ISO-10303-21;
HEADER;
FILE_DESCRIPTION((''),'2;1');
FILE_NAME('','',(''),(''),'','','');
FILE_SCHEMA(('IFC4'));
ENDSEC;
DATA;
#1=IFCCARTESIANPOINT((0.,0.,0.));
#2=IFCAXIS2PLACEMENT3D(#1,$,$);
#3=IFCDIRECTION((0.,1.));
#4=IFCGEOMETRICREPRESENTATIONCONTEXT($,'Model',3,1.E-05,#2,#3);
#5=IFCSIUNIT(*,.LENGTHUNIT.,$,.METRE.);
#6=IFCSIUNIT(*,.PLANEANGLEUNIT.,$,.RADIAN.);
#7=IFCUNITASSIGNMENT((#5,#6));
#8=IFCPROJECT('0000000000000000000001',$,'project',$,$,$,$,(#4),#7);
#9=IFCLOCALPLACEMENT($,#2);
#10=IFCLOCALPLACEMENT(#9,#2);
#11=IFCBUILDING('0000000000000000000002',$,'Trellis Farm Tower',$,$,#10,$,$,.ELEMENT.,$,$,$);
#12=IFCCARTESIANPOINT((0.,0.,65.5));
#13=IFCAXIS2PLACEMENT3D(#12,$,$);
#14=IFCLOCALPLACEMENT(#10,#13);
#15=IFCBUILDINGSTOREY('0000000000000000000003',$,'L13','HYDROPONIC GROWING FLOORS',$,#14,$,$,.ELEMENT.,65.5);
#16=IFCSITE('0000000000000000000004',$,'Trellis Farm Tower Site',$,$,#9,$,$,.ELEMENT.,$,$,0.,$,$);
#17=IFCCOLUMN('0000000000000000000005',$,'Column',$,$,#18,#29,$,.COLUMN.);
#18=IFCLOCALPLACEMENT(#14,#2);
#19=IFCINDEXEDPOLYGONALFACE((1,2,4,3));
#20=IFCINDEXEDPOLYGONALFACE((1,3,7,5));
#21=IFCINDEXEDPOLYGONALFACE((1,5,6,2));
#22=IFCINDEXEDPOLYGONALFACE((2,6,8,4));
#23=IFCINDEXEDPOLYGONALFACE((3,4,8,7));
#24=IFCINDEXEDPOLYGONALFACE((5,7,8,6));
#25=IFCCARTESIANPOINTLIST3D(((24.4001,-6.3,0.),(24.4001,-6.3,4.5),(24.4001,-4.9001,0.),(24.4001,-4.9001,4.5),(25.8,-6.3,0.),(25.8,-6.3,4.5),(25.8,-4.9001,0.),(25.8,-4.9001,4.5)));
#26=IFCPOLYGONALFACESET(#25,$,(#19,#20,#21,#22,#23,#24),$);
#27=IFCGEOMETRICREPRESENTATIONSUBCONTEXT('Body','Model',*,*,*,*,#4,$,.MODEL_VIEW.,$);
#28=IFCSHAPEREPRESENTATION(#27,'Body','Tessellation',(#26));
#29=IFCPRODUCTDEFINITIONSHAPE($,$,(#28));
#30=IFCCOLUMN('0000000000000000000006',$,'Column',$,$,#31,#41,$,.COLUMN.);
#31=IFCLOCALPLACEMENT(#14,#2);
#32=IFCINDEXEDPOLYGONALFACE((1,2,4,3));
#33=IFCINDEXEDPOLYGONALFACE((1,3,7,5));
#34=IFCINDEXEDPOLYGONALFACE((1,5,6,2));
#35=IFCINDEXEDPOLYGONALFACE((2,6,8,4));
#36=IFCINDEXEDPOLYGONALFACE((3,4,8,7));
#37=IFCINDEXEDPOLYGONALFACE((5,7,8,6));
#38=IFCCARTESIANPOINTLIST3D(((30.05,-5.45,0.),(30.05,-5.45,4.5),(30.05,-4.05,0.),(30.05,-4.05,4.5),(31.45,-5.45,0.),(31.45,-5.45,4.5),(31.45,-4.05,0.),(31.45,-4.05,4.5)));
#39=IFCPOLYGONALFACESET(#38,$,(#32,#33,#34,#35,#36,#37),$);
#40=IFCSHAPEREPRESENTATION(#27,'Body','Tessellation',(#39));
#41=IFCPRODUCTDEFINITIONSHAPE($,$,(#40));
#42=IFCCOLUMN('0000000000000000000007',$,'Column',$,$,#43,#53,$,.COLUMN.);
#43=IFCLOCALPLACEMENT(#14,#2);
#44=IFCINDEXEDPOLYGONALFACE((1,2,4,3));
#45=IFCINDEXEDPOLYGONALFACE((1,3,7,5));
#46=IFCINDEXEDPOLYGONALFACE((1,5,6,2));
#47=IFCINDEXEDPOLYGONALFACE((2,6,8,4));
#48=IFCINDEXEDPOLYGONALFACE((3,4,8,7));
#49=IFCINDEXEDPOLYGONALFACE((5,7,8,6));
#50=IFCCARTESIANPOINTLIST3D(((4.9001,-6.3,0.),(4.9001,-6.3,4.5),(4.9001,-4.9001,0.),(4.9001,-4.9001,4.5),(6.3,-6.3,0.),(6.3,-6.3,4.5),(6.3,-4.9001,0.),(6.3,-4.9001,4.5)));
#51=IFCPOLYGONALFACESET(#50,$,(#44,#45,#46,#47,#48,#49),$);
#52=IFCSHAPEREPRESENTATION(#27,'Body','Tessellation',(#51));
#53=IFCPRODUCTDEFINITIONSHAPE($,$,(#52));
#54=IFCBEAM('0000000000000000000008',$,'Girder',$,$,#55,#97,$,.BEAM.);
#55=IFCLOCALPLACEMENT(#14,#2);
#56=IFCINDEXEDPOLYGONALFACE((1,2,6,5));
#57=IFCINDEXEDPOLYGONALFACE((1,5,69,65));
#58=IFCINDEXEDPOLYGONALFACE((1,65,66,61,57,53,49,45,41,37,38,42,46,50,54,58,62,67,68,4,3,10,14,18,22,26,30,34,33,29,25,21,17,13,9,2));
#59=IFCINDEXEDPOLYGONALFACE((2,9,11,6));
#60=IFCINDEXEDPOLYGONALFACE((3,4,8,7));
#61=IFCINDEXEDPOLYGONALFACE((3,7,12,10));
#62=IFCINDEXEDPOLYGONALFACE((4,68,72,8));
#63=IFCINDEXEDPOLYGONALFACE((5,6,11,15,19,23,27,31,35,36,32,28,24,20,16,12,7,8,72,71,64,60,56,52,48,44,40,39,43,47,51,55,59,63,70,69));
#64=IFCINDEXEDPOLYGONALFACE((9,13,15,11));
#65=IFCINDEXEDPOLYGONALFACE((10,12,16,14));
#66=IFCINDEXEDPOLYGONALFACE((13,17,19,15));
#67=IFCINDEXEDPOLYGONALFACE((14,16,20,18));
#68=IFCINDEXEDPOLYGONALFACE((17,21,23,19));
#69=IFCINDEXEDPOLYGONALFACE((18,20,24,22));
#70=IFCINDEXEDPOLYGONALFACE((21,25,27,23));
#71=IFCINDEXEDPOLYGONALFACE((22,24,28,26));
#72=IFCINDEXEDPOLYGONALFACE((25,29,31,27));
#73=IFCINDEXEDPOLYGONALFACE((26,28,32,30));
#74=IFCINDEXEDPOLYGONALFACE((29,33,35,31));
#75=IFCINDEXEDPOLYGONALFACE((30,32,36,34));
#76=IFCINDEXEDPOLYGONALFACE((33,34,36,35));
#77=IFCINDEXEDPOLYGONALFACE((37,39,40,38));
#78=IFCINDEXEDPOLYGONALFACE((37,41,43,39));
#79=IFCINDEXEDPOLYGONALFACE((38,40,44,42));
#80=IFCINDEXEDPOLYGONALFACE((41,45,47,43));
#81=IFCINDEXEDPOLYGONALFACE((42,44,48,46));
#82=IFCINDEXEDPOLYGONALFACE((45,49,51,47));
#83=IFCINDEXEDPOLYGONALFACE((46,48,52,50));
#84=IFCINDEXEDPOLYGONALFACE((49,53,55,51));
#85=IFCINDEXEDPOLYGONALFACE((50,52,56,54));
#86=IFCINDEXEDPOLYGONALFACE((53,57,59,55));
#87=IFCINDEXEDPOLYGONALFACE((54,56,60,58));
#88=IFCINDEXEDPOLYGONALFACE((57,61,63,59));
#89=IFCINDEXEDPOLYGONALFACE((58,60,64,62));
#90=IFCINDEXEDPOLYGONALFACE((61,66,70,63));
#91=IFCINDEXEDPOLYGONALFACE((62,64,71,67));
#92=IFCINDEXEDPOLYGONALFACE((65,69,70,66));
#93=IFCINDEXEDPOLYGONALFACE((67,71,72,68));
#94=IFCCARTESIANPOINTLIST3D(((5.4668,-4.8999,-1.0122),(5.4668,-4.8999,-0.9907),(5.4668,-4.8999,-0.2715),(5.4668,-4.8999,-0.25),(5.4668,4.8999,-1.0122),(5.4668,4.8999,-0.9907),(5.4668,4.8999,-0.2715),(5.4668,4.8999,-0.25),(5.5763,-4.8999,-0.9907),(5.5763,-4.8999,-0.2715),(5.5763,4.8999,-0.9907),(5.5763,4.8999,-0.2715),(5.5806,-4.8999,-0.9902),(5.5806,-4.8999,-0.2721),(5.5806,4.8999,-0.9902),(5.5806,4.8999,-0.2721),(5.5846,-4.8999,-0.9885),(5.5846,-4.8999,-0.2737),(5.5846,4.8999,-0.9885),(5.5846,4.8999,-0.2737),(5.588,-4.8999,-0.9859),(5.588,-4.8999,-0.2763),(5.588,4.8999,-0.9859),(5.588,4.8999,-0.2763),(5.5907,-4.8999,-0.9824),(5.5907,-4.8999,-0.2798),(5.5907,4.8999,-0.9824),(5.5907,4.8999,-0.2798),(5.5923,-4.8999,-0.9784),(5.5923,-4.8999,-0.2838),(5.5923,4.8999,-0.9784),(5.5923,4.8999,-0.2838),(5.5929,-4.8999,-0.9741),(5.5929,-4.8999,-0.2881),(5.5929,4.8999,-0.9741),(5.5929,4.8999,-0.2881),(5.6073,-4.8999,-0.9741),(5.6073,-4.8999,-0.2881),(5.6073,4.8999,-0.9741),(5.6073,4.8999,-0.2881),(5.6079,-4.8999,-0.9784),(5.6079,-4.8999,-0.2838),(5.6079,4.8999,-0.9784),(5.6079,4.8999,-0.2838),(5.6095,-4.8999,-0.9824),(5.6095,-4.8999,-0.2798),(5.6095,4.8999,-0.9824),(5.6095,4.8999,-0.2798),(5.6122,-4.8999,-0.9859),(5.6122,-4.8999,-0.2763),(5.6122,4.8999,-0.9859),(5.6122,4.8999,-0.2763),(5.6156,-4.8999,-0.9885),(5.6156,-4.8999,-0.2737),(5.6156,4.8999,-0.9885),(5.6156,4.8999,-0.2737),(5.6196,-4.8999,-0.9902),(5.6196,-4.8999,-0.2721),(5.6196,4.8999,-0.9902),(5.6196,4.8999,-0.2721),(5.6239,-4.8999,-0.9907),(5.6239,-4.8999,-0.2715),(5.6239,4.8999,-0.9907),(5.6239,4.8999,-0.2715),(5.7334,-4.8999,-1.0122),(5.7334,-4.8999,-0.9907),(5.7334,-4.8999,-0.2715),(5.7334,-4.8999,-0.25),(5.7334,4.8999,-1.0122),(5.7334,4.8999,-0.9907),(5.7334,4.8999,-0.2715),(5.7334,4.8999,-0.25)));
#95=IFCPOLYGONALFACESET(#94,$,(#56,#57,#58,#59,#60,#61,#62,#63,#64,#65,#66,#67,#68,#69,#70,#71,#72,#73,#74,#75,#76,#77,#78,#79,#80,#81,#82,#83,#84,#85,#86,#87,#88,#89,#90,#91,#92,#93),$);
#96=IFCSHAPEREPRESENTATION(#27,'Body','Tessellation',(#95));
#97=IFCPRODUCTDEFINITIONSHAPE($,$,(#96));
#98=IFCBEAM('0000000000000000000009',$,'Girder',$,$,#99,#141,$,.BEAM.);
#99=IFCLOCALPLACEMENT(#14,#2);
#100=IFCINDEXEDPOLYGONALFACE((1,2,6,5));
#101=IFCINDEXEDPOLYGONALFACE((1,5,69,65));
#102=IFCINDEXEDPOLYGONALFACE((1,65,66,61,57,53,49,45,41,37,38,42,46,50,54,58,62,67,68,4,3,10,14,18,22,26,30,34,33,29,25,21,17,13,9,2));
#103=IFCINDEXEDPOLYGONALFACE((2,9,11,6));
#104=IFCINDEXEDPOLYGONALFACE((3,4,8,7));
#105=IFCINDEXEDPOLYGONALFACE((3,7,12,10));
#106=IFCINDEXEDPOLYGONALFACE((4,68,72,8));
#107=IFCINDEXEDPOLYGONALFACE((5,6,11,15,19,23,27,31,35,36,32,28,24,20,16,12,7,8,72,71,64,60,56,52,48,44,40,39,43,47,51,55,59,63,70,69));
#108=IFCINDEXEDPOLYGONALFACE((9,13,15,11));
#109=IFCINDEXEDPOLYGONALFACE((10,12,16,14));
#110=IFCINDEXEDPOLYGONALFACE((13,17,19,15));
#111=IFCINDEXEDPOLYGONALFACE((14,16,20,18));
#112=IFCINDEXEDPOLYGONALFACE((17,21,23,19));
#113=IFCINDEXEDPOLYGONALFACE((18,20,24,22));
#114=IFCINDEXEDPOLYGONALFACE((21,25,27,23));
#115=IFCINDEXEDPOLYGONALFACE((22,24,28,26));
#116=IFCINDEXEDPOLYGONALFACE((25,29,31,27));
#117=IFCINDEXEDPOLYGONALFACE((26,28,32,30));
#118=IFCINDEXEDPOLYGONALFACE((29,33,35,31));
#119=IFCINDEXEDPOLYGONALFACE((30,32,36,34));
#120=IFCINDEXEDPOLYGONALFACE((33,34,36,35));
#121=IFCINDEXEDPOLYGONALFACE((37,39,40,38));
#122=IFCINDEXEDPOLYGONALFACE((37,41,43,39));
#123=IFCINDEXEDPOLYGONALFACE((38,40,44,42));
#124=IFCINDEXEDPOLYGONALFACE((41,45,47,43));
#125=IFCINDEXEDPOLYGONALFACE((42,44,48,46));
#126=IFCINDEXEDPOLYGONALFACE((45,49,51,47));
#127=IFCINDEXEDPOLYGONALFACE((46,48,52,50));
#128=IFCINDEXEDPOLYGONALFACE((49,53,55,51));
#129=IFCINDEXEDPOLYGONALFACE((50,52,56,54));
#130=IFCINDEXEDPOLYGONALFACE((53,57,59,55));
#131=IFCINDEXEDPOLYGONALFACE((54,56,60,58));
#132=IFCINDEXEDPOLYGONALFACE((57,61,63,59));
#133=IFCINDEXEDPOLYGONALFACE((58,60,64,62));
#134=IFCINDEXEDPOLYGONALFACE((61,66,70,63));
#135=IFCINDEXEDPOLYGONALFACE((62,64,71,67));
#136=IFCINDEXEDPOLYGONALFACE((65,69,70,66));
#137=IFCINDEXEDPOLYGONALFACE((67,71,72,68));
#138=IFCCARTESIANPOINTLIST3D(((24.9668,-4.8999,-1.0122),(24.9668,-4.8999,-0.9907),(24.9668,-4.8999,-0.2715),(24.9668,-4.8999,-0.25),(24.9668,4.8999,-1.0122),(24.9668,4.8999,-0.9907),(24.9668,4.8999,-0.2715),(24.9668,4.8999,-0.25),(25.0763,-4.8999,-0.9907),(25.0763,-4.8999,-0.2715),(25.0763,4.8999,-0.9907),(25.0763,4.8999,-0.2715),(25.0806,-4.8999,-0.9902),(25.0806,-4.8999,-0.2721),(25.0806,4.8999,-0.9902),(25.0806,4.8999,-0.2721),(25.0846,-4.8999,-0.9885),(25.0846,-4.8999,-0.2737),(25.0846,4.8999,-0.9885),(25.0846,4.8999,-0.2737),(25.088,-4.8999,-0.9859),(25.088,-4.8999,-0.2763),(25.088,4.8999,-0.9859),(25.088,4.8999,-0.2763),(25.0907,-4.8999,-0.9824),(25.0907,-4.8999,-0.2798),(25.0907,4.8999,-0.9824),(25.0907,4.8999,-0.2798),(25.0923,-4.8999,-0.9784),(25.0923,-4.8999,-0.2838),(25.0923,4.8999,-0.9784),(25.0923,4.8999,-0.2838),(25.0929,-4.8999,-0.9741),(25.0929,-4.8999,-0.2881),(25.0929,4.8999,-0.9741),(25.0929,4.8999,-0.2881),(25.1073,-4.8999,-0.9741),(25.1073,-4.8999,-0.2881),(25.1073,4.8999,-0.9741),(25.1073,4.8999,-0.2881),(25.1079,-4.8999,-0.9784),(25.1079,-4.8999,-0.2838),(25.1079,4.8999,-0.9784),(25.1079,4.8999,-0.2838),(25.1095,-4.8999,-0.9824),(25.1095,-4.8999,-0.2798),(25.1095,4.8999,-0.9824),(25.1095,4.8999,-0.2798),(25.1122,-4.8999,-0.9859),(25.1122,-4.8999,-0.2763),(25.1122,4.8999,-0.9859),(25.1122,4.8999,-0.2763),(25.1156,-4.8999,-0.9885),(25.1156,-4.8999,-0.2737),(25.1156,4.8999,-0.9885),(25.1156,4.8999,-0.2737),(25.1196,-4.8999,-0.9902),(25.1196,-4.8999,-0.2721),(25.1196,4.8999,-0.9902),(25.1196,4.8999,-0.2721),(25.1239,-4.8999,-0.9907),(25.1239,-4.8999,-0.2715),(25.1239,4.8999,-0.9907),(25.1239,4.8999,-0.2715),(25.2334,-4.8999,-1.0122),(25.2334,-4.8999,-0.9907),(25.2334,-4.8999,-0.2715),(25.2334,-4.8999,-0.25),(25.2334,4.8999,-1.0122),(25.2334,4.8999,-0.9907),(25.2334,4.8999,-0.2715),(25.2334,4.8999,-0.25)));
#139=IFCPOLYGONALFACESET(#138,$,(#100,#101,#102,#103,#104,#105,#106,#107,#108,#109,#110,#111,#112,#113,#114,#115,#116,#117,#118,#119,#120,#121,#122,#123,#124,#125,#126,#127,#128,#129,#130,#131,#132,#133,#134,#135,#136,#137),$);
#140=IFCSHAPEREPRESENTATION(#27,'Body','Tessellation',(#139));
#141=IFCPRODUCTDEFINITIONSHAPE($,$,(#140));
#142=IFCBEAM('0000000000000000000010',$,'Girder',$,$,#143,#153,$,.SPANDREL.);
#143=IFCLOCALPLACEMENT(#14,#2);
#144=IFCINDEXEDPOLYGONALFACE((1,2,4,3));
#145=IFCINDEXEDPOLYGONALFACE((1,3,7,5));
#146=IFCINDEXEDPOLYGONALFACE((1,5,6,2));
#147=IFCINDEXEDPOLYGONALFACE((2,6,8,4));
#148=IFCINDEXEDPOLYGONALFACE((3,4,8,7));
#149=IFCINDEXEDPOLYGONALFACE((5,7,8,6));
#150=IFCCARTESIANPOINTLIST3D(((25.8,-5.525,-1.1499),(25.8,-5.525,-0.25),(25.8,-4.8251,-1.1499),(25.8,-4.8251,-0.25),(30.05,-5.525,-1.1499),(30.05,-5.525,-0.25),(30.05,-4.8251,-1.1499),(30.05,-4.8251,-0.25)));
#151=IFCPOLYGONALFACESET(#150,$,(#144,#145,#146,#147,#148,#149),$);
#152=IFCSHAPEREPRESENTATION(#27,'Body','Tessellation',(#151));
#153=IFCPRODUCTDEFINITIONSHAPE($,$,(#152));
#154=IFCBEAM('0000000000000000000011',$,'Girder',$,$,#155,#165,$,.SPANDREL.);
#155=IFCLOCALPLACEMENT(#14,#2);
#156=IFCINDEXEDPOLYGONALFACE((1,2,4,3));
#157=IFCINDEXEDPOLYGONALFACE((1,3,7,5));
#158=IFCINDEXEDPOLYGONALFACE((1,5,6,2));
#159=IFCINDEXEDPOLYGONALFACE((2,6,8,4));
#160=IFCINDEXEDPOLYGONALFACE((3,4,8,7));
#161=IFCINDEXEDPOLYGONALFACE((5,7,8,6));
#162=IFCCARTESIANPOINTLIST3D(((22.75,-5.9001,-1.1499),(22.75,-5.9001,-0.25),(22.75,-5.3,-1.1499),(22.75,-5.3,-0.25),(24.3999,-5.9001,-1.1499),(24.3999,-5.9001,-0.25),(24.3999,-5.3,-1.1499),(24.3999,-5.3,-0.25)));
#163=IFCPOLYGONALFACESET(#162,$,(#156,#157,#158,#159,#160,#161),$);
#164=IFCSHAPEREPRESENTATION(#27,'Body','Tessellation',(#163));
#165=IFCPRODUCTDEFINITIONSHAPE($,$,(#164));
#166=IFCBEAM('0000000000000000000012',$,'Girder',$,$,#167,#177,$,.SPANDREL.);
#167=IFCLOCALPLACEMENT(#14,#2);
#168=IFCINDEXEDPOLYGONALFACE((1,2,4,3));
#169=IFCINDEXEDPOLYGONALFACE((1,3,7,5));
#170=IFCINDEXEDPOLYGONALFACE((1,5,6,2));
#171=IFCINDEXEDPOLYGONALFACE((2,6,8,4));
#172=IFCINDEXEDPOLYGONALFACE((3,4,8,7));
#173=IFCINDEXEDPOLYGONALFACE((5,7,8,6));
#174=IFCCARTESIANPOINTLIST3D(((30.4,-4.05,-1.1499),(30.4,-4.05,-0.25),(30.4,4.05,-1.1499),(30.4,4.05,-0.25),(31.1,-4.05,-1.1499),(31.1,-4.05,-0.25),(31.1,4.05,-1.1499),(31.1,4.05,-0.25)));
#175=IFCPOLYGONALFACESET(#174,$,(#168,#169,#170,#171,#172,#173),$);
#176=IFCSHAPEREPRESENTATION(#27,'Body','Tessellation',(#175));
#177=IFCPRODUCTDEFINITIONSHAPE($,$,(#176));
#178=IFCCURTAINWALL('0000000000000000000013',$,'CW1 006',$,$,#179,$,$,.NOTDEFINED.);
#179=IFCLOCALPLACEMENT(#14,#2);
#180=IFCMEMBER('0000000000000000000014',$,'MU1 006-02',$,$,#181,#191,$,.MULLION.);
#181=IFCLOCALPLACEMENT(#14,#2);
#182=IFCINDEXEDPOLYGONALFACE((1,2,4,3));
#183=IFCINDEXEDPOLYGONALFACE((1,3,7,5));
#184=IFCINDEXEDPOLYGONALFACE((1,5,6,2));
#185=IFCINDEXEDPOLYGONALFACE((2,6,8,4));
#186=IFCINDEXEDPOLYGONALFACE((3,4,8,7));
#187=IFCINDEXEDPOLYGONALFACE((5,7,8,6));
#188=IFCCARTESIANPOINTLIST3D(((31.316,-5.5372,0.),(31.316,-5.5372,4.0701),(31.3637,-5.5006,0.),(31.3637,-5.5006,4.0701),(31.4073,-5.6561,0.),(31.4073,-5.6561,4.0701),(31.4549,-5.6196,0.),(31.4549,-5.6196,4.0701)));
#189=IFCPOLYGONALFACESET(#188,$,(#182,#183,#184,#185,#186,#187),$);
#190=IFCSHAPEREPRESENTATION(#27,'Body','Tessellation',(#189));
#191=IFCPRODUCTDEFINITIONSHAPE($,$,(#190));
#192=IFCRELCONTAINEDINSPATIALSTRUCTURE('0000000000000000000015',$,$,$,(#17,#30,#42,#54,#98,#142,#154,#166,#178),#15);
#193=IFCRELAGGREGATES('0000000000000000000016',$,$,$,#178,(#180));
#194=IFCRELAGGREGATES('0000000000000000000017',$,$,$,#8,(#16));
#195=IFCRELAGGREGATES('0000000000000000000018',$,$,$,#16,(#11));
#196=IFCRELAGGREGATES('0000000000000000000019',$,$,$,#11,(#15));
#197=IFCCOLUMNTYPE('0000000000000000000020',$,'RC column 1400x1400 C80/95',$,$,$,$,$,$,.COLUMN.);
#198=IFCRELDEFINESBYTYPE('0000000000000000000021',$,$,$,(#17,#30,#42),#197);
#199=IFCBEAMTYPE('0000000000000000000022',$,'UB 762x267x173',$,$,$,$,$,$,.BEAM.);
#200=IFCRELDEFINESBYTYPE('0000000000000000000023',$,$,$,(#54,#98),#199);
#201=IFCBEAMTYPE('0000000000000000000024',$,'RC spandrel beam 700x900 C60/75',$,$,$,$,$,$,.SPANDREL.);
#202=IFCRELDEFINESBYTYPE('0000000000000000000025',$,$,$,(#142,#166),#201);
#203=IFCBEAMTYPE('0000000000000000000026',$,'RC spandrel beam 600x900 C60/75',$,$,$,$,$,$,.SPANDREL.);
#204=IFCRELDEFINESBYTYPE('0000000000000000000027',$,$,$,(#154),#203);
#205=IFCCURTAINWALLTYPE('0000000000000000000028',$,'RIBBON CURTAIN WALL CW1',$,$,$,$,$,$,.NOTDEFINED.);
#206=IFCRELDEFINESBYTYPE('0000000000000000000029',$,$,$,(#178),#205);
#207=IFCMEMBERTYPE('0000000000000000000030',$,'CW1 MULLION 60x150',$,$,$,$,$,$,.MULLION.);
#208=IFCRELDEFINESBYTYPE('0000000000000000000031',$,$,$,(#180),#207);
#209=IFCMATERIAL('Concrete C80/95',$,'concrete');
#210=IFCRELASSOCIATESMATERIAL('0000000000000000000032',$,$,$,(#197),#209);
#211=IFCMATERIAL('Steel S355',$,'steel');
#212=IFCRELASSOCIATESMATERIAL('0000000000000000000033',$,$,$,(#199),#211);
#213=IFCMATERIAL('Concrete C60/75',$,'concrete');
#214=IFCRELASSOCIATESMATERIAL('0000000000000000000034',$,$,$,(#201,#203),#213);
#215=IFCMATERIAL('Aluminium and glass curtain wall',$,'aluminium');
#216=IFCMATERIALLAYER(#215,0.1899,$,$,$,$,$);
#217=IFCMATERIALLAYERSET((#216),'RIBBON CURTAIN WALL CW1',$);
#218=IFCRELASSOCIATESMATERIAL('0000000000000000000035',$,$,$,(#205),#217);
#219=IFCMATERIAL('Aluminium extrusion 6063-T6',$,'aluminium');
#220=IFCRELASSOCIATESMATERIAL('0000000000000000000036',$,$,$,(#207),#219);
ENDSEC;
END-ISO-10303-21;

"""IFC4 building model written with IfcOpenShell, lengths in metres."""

from ifc_helpers import new_model, si_unit, direction, frame, origin, origin_2d, place, context, subcontext, project, spatial, rectangle, i_section, extrude, source, transform, mapped, material, layer, layer_set, material_profile, profile_set, type_object, element, aggregate, save


model = new_model("IFC4")

# Units and contexts
model_context = context("Model", 3, precision=1e-05, world=origin(), true_north=direction((0.0, 1.0)))
body_context = subcontext(model_context, "Body", "Model", "MODEL_VIEW")
ifc_project = project(units=[si_unit("LENGTHUNIT", "METRE"), si_unit("PLANEANGLEUNIT", "RADIAN")], contexts=[model_context])

# Site, building, storey
site_placement = place(None, origin())
site = spatial("IfcSite", under=ifc_project, at=site_placement, Name="Trellis Farm Tower Site", CompositionType="ELEMENT", RefElevation=0.0)
building_placement = place(site_placement, origin())
building = spatial("IfcBuilding", under=site, at=building_placement, Name="Trellis Farm Tower", CompositionType="ELEMENT")
storey_placement = place(building_placement, frame((0.0, 0.0, 65.5)))
storey = spatial("IfcBuildingStorey", under=building, at=storey_placement, Name="L13", Description="HYDROPONIC GROWING FLOORS", CompositionType="ELEMENT", Elevation=65.5)

# Columns
ifc_material_1 = material(Name="Concrete C80/95", Category="concrete")
ifc_material_profile_1 = material_profile(ifc_material_1, rectangle(XDim=1.3999, YDim=1.3999, at=origin_2d()), Name="RC column 1400x1400 C80/95")
ifc_profile_set_1 = profile_set([ifc_material_profile_1], Name="Concrete C80/95")
column_type = type_object("IfcColumnType", Name="RC column 1400x1400 C80/95", PredefinedType="COLUMN", material=ifc_profile_set_1)
shared_shape_1 = source(origin(), body_context, "Body", "SweptSolid", [
    extrude(rectangle(XDim=1.3999, YDim=1.3999, at=origin_2d()), origin(), (0.0, 0.0, 1.0), 4.5),
])
for number, where, z_axis, x_axis, name in (
    (1, (25.1001, -5.6001, 0.0), (0.0, 0.0, 1.0), (1.0, 0.0, 0.0), "Column"),
    (2, (30.75, -4.75, 0.0), (0.0, 0.0, 1.0), (1.0, 0.0, 0.0), "Column"),
    (3, (5.6001, -5.6001, 0.0), (0.0, 0.0, 1.0), (1.0, 0.0, 0.0), "Column"),
):
    element("IfcColumn", number, at=place(storey_placement, frame(where, z_axis=z_axis, x_axis=x_axis)), inside=storey, type_object=column_type, Name=name, PredefinedType="COLUMN", context=body_context, shape_type="MappedRepresentation", body=[
        mapped(shared_shape_1, transform((0.0, 0.0, 0.0))),
    ])

# Beams
ifc_material_2 = material(Name="Steel S355", Category="steel")
ifc_material_profile_2 = material_profile(ifc_material_2, i_section(OverallWidth=0.2666, OverallDepth=0.7622, WebThickness=0.0144, FlangeThickness=0.0215, FilletRadius=0.0166, at=origin_2d()), Name="UB 762x267x173")
ifc_profile_set_2 = profile_set([ifc_material_profile_2], Name="Steel S355")
beam_type_1 = type_object("IfcBeamType", Name="UB 762x267x173", PredefinedType="BEAM", material=ifc_profile_set_2)
shared_shape_2 = source(origin(), body_context, "Body", "SweptSolid", [
    extrude(i_section(OverallWidth=0.2666, OverallDepth=0.7622, WebThickness=0.0144, FlangeThickness=0.0215, FilletRadius=0.0166, at=origin_2d()), origin(), (0.0, 0.0, 1.0), 9.7998),
])
for number, where, z_axis, x_axis, name in (
    (4, (5.6001, -4.8999, -0.6311), (0.0, 1.0, 0.0), (-1.0, 0.0, 0.0), "Girder"),
    (5, (25.1001, -4.8999, -0.6311), (0.0, 1.0, 0.0), (-1.0, 0.0, 0.0), "Girder"),
):
    element("IfcBeam", number, at=place(storey_placement, frame(where, z_axis=z_axis, x_axis=x_axis)), inside=storey, type_object=beam_type_1, Name=name, PredefinedType="BEAM", context=body_context, shape_type="MappedRepresentation", body=[
        mapped(shared_shape_2, transform((0.0, 0.0, 0.0))),
    ])
ifc_material_3 = material(Name="Concrete C60/75", Category="concrete")
ifc_material_profile_3 = material_profile(ifc_material_3, rectangle(XDim=0.7, YDim=0.8999, at=origin_2d()), Name="RC spandrel beam 700x900 C60/75")
ifc_profile_set_3 = profile_set([ifc_material_profile_3], Name="Concrete C60/75")
beam_type_2 = type_object("IfcBeamType", Name="RC spandrel beam 700x900 C60/75", PredefinedType="SPANDREL", material=ifc_profile_set_3)
shared_shape_3 = source(origin(), body_context, "Body", "SweptSolid", [
    extrude(rectangle(XDim=0.7, YDim=0.8999, at=origin_2d()), origin(), (0.0, 0.0, 1.0), 4.25),
])
beam_1_placement = place(storey_placement, frame((25.8, -5.175, -0.7), z_axis=(1.0, 0.0, 0.0), x_axis=(0.0, 1.0, 0.0)))
element("IfcBeam", 6, at=beam_1_placement, inside=storey, type_object=beam_type_2, Name="Girder", PredefinedType="SPANDREL", context=body_context, shape_type="MappedRepresentation", body=[
    mapped(shared_shape_3, transform((0.0, 0.0, 0.0))),
])
ifc_material_profile_4 = material_profile(ifc_material_3, rectangle(XDim=0.6001, YDim=0.8999, at=origin_2d()), Name="RC spandrel beam 600x900 C60/75")
ifc_profile_set_4 = profile_set([ifc_material_profile_4], Name="Concrete C60/75")
beam_type_3 = type_object("IfcBeamType", Name="RC spandrel beam 600x900 C60/75", PredefinedType="SPANDREL", material=ifc_profile_set_4)
shared_shape_4 = source(origin(), body_context, "Body", "SweptSolid", [
    extrude(rectangle(XDim=0.6001, YDim=0.8999, at=origin_2d()), origin(), (0.0, 0.0, 1.0), 1.6499),
])
beam_2_placement = place(storey_placement, frame((22.75, -5.6001, -0.7), z_axis=(1.0, 0.0, 0.0), x_axis=(0.0, 1.0, 0.0)))
element("IfcBeam", 7, at=beam_2_placement, inside=storey, type_object=beam_type_3, Name="Girder", PredefinedType="SPANDREL", context=body_context, shape_type="MappedRepresentation", body=[
    mapped(shared_shape_4, transform((0.0, 0.0, 0.0))),
])
shared_shape_5 = source(origin(), body_context, "Body", "SweptSolid", [
    extrude(rectangle(XDim=0.7, YDim=0.8999, at=origin_2d()), origin(), (0.0, 0.0, 1.0), 8.1001),
])
beam_3_placement = place(storey_placement, frame((30.75, -4.05, -0.7), z_axis=(0.0, 1.0, 0.0), x_axis=(-1.0, 0.0, 0.0)))
element("IfcBeam", 8, at=beam_3_placement, inside=storey, type_object=beam_type_2, Name="Girder", PredefinedType="SPANDREL", context=body_context, shape_type="MappedRepresentation", body=[
    mapped(shared_shape_5, transform((0.0, 0.0, 0.0))),
])

# Curtain wall, member
ifc_material_4 = material(Name="Aluminium and glass curtain wall", Category="aluminium")
ifc_layer_1 = layer(ifc_material_4, 0.1899)
ifc_layer_set_1 = layer_set([ifc_layer_1], Name="RIBBON CURTAIN WALL CW1")
curtain_wall_type = type_object("IfcCurtainWallType", Name="RIBBON CURTAIN WALL CW1", PredefinedType="NOTDEFINED", material=ifc_layer_set_1)
placement = place(storey_placement, origin())
curtain_wall = element("IfcCurtainWall", 9, at=placement, inside=storey, type_object=curtain_wall_type, Name="CW1 006", PredefinedType="NOTDEFINED")
ifc_material_5 = material(Name="Aluminium extrusion 6063-T6", Category="aluminium")
ifc_material_profile_5 = material_profile(ifc_material_5, rectangle(XDim=0.0601, YDim=0.1499, at=origin_2d()), Name="MULLION 60x150")
ifc_profile_set_5 = profile_set([ifc_material_profile_5], Name="Aluminium extrusion 6063-T6")
member_type = type_object("IfcMemberType", Name="CW1 MULLION 60x150", PredefinedType="MULLION", material=ifc_profile_set_5)
shared_shape_6 = source(origin(), body_context, "Body", "SweptSolid", [
    extrude(rectangle(XDim=0.0601, YDim=0.1499, at=origin_2d()), origin(), (0.0, 0.0, 1.0), 4.0701),
])
member_placement = place(storey_placement, frame((31.3855, -5.5784, 0.0), z_axis=(0.0, 0.0, 1.0), x_axis=(0.793353, 0.608761, 0.0)))
member = element("IfcMember", 10, at=member_placement, type_object=member_type, Name="MU1 006-02", PredefinedType="MULLION", context=body_context, shape_type="MappedRepresentation", body=[
    mapped(shared_shape_6, transform((0.0, 0.0, 0.0))),
])
aggregate(curtain_wall, [member])

save(model, "model.ifc")
